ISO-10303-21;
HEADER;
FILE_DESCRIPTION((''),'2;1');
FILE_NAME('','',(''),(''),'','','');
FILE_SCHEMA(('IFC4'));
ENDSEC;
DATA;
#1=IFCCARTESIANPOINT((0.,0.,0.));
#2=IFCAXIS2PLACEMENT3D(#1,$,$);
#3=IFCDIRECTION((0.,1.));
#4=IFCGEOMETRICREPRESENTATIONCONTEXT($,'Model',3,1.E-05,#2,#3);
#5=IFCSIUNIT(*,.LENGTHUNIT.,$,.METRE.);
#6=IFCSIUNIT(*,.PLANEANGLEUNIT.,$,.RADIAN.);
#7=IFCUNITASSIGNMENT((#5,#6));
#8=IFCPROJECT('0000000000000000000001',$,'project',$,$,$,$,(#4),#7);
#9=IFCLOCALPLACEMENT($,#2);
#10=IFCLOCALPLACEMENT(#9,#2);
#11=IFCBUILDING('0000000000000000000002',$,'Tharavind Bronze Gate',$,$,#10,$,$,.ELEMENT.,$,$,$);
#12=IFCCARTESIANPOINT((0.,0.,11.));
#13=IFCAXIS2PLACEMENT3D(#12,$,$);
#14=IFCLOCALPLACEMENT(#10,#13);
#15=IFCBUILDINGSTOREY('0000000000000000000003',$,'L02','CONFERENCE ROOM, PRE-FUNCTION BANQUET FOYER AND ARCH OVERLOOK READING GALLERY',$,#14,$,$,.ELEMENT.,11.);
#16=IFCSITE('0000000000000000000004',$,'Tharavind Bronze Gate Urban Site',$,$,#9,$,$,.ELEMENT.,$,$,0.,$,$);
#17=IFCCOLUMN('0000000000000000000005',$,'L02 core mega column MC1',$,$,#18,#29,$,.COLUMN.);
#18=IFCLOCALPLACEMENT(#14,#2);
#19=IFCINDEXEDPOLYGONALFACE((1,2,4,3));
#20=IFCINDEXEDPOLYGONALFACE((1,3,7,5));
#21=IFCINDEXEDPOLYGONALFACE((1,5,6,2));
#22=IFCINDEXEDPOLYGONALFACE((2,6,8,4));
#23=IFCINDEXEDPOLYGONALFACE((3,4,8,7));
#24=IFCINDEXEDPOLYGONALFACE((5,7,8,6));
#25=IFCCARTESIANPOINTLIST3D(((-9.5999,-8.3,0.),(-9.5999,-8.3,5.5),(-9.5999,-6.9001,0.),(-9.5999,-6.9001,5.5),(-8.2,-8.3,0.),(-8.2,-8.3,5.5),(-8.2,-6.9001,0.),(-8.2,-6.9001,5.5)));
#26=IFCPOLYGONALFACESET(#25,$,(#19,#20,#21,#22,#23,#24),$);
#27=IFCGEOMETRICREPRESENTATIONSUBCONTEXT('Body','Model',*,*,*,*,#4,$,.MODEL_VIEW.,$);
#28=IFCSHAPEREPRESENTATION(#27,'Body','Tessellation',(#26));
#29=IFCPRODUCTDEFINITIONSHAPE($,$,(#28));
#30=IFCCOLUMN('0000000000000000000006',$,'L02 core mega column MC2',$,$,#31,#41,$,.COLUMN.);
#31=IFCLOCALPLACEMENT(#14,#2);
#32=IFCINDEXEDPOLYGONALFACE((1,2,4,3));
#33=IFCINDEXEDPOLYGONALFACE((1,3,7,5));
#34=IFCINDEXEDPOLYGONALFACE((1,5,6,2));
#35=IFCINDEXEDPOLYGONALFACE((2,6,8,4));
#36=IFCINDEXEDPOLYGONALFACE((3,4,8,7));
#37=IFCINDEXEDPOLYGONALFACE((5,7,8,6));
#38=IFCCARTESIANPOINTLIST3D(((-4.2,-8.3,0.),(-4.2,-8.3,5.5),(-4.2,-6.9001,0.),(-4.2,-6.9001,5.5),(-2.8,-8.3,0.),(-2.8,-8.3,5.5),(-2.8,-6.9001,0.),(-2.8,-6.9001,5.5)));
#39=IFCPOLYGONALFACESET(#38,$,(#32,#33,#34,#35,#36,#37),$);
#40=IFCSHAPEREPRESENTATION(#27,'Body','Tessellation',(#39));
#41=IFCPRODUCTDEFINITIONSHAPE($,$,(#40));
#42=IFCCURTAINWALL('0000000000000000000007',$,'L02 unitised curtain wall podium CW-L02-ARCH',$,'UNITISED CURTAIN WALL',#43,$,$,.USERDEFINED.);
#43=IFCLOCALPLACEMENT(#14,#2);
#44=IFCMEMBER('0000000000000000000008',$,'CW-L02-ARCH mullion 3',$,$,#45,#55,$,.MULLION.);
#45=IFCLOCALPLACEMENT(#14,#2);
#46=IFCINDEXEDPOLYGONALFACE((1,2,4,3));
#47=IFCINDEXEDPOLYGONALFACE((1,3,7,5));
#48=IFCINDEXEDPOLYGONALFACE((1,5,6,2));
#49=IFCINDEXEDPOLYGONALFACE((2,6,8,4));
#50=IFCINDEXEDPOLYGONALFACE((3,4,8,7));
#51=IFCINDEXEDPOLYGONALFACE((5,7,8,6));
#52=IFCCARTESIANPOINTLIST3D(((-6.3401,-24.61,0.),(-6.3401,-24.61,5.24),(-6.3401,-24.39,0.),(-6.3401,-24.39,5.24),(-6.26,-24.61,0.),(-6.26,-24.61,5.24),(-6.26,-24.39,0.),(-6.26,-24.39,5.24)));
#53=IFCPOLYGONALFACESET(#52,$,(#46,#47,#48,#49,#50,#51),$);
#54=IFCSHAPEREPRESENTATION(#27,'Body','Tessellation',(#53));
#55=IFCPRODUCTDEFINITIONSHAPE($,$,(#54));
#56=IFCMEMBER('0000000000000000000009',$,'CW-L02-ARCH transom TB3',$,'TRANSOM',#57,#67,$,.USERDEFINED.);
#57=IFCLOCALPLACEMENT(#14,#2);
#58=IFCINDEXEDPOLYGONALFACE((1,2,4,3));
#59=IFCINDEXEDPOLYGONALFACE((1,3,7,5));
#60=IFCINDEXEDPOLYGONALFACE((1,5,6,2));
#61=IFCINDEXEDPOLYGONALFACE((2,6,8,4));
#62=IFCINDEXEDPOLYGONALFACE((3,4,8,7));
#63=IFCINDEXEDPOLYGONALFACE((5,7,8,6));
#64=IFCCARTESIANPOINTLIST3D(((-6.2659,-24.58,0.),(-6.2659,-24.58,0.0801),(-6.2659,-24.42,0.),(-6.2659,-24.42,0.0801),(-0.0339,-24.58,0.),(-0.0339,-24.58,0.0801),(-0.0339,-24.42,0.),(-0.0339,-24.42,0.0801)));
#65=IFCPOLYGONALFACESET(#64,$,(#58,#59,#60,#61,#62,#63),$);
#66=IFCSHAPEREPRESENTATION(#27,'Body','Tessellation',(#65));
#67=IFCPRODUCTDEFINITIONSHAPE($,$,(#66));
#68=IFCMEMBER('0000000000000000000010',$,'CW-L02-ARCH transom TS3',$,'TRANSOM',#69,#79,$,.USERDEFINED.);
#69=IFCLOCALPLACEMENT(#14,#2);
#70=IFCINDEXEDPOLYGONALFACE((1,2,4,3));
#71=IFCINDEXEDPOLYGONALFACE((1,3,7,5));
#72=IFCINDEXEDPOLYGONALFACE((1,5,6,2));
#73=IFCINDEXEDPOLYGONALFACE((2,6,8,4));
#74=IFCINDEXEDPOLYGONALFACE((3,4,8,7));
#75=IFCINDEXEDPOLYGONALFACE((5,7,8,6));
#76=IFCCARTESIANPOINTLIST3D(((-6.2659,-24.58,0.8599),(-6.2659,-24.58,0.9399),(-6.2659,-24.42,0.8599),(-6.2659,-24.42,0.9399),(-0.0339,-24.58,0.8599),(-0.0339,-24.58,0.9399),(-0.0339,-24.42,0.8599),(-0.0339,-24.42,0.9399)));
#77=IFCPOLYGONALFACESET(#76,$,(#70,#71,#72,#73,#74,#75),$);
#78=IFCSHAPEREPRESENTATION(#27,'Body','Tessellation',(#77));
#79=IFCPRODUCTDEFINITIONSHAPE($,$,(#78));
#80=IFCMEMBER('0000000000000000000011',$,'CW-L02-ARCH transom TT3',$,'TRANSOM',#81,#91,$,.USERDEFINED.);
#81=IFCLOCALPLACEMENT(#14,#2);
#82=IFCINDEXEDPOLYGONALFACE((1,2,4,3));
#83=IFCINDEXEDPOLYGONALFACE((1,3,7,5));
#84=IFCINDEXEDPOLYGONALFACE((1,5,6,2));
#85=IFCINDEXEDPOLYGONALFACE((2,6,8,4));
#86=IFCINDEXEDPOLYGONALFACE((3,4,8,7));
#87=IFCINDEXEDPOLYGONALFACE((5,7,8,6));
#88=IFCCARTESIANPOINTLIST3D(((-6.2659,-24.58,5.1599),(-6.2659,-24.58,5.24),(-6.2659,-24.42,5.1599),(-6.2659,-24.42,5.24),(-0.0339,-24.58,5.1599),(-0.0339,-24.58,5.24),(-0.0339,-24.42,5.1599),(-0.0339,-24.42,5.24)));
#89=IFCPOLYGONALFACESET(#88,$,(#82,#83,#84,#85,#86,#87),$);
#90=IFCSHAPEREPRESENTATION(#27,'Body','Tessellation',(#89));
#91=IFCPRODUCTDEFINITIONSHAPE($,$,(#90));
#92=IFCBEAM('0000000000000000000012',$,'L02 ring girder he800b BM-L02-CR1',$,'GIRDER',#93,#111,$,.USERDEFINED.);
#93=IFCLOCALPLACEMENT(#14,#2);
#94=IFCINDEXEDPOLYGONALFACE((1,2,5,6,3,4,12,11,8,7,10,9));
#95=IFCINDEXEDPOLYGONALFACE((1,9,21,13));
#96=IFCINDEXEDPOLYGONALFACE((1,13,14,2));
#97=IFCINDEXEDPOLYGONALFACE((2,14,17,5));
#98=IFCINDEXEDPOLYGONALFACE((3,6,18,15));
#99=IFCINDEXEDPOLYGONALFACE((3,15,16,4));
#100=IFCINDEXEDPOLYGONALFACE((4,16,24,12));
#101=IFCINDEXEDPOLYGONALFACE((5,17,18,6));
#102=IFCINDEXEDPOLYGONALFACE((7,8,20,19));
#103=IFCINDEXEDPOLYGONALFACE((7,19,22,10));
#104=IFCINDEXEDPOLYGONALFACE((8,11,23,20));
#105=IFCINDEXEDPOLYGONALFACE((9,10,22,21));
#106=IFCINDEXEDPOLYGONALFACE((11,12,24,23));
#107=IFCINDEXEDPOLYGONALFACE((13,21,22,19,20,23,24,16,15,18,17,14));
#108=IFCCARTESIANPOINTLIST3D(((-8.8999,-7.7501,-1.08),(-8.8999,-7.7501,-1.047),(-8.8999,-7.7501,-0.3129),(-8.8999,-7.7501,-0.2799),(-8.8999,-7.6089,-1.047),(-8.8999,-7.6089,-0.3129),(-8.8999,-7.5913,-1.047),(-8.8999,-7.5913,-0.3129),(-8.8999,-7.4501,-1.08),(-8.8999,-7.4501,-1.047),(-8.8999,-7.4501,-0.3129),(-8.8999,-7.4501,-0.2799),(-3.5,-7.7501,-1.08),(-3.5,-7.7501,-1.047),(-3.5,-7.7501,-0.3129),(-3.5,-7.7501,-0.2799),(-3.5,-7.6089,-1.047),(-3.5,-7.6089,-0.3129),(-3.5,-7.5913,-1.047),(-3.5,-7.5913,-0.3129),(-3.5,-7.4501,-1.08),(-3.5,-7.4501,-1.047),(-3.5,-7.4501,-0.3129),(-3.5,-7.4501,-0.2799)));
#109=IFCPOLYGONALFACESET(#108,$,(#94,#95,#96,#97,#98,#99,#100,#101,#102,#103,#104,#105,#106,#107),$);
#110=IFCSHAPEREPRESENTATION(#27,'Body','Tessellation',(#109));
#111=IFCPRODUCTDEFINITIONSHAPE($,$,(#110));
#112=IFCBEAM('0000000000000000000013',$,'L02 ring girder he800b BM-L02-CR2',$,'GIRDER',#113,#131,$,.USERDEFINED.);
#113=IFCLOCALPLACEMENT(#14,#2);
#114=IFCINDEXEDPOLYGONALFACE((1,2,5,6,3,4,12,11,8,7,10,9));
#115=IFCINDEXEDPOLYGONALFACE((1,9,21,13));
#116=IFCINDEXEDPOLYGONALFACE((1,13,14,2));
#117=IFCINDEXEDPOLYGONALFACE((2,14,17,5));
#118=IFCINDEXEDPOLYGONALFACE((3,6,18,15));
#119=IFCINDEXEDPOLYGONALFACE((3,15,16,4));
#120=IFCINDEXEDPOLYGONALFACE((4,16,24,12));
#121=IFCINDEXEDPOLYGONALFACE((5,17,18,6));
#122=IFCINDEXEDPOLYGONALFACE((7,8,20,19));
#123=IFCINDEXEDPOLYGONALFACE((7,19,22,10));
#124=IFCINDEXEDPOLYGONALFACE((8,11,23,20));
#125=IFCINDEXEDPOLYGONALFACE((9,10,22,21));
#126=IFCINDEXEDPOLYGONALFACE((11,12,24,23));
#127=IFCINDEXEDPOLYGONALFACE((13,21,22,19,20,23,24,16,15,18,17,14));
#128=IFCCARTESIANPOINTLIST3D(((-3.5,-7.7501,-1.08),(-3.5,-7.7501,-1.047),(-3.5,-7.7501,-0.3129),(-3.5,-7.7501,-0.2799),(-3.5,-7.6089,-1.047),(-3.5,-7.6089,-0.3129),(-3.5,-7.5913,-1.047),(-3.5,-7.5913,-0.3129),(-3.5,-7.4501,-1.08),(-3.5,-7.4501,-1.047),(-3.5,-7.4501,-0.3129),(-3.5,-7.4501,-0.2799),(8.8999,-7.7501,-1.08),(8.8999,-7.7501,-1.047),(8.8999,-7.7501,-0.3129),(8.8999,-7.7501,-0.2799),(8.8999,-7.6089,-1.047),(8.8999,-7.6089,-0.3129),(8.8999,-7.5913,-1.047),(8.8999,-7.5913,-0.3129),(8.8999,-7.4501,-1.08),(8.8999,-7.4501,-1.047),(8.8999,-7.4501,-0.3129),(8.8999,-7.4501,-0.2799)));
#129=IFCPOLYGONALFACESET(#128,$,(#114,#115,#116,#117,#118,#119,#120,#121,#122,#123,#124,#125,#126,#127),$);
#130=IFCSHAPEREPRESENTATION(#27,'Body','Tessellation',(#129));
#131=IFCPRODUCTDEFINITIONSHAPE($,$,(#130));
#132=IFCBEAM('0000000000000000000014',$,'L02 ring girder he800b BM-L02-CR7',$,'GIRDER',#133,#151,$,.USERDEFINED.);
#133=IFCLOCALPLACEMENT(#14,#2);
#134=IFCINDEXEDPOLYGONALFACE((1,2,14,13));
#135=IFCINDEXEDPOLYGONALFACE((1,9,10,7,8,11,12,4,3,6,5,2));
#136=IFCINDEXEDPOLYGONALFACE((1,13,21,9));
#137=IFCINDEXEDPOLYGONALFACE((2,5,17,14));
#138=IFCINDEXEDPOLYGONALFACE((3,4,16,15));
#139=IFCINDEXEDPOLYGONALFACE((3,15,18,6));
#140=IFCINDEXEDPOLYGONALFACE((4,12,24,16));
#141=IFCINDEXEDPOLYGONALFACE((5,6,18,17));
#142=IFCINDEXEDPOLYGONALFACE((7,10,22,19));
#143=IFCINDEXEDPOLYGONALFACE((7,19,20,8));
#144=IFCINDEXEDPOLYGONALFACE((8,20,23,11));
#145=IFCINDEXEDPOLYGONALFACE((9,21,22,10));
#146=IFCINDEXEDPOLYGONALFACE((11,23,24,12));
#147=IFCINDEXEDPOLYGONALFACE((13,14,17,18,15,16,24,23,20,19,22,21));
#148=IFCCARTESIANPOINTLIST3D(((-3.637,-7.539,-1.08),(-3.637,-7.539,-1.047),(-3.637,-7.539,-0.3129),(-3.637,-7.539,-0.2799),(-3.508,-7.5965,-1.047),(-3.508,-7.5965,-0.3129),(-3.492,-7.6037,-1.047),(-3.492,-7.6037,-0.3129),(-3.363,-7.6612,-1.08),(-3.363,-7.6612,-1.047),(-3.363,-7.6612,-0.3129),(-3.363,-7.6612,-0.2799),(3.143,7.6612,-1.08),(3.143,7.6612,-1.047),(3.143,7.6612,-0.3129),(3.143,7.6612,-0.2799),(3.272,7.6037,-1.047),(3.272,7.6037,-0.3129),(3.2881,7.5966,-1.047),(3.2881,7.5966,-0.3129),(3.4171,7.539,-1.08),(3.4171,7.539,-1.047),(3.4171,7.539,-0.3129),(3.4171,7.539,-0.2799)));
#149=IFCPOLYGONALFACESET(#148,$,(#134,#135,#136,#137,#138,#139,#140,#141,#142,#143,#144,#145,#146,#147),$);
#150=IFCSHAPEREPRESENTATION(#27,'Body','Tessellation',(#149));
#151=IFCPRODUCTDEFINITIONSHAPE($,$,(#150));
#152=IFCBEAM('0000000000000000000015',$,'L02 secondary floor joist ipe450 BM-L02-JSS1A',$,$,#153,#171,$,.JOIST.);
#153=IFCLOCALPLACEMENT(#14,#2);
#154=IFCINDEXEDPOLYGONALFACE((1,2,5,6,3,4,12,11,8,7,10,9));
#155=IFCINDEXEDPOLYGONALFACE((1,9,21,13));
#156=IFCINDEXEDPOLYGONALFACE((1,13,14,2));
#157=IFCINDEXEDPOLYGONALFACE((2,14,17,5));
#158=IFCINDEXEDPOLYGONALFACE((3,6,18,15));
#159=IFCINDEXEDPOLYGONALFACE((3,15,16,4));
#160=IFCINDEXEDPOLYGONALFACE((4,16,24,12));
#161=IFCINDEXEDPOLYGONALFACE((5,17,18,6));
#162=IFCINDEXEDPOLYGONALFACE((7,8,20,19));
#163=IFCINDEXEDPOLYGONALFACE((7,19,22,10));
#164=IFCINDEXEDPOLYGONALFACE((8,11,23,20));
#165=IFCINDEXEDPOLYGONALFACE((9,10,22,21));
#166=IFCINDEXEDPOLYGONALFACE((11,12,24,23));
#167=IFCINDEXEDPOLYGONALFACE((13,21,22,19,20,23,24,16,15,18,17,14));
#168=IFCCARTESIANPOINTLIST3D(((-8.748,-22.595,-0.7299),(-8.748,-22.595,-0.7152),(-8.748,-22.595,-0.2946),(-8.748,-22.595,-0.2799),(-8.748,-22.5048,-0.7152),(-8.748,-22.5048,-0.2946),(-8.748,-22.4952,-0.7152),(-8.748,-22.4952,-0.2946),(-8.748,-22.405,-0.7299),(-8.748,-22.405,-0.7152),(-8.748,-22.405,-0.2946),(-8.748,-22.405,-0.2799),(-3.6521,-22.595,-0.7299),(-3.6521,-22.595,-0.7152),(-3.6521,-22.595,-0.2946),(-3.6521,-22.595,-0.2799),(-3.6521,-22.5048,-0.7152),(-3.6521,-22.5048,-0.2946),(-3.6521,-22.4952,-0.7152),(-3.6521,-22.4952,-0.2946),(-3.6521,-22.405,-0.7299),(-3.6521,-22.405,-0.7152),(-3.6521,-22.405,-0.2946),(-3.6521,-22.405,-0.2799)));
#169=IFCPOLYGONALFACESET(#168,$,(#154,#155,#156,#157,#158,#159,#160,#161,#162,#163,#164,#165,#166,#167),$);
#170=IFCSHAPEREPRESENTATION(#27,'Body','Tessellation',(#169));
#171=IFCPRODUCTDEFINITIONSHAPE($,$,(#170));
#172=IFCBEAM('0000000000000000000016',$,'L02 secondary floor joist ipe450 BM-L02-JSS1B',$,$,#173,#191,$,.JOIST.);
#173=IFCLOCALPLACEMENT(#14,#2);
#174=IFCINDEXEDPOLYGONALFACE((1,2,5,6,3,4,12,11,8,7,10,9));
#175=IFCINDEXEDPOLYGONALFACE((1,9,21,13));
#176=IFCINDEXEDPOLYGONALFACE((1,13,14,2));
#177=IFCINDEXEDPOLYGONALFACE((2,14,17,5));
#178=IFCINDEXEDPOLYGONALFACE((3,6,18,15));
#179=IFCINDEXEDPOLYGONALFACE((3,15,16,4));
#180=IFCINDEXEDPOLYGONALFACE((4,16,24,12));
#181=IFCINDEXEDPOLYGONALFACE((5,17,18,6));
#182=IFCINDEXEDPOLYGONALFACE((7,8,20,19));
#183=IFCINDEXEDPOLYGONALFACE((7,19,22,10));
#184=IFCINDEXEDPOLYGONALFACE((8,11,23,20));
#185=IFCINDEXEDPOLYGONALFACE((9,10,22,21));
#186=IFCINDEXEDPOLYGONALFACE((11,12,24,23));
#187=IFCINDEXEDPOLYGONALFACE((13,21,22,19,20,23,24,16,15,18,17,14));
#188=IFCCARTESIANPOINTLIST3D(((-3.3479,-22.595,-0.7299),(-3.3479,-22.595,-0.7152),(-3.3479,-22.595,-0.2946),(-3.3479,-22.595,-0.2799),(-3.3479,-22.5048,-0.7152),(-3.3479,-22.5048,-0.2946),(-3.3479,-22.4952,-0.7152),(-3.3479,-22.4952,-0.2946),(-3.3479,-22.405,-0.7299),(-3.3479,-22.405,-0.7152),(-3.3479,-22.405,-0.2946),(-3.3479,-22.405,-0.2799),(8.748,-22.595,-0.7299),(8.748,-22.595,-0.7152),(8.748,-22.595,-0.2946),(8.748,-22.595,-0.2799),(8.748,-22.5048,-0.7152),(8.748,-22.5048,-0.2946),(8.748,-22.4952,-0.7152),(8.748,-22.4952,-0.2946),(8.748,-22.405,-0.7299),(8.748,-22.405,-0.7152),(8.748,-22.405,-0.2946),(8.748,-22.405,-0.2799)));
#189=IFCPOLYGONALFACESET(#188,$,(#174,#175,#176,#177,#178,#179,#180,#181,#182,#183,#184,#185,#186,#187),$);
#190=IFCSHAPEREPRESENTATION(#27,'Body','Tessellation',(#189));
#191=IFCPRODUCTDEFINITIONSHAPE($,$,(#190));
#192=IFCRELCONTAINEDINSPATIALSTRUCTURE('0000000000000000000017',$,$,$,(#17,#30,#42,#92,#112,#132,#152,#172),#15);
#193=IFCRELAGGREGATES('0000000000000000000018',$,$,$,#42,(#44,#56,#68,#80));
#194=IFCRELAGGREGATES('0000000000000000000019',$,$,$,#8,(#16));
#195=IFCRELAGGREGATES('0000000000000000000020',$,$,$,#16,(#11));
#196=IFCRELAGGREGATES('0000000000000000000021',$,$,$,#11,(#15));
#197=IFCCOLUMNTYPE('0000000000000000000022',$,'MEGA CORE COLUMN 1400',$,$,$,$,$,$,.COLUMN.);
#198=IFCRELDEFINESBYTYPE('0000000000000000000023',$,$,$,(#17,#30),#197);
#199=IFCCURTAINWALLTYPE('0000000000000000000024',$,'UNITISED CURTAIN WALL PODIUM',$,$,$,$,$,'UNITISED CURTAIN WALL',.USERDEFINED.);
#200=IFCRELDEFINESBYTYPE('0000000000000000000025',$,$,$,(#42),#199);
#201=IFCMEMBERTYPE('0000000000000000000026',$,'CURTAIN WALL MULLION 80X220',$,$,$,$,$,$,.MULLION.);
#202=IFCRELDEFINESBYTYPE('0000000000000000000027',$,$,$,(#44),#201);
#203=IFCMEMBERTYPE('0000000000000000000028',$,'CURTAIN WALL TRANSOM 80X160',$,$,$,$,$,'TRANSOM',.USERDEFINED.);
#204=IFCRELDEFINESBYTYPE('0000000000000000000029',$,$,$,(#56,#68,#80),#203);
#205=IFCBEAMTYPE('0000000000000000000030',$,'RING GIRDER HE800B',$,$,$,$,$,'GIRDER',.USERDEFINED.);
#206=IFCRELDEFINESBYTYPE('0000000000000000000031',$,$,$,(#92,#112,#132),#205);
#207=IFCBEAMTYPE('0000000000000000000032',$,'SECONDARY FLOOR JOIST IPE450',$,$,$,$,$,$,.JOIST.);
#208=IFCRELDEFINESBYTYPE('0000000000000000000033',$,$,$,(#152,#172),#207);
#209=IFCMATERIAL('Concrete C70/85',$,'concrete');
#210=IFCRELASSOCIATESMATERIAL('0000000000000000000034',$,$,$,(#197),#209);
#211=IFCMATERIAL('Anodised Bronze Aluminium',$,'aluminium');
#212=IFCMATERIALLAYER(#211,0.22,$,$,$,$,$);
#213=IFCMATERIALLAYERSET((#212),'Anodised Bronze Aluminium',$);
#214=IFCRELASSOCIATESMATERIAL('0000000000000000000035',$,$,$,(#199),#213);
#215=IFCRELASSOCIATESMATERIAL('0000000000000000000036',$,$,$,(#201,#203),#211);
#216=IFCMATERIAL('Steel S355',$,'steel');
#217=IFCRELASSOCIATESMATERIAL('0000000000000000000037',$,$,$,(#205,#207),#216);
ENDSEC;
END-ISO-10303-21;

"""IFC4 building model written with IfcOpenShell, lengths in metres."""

from ifc_helpers import new_model, si_unit, direction, frame, origin, origin_2d, place, context, subcontext, project, spatial, rectangle, i_section, extrude, material, layer, layer_set, material_profile, profile_set, type_object, element, aggregate, save


model = new_model("IFC4")

# Units and contexts
model_context = context("Model", 3, precision=1e-05, world=origin(), true_north=direction((0.0, 1.0)))
body_context = subcontext(model_context, "Body", "Model", "MODEL_VIEW")
ifc_project = project(units=[si_unit("LENGTHUNIT", "METRE"), si_unit("PLANEANGLEUNIT", "RADIAN")], contexts=[model_context])

# Site, building, storey
site_placement = place(None, origin())
site = spatial("IfcSite", under=ifc_project, at=site_placement, Name="Tharavind Bronze Gate Urban Site", CompositionType="ELEMENT", RefElevation=0.0)
building_placement = place(site_placement, origin())
building = spatial("IfcBuilding", under=site, at=building_placement, Name="Tharavind Bronze Gate", CompositionType="ELEMENT")
storey_placement = place(building_placement, frame((0.0, 0.0, 11.0)))
storey = spatial("IfcBuildingStorey", under=building, at=storey_placement, Name="L02", Description="CONFERENCE ROOM, PRE-FUNCTION BANQUET FOYER AND ARCH OVERLOOK READING GALLERY", CompositionType="ELEMENT", Elevation=11.0)

# Columns
ifc_material_1 = material(Name="Concrete C70/85", Category="concrete")
ifc_material_profile_1 = material_profile(ifc_material_1, rectangle(XDim=1.3999, YDim=1.3999, at=origin_2d()), Name="RCCOL1400")
ifc_profile_set_1 = profile_set([ifc_material_profile_1], Name="Concrete C70/85")
column_type = type_object("IfcColumnType", Name="MEGA CORE COLUMN 1400", PredefinedType="COLUMN", material=ifc_profile_set_1)
for number, where, z_axis, x_axis, name in (
    (1, (-8.8999, -7.6001, 0.0), (0.0, 0.0, 1.0), (1.0, 0.0, 0.0), "L02 core mega column MC1"),
    (2, (-3.5, -7.6001, 0.0), (0.0, 0.0, 1.0), (1.0, 0.0, 0.0), "L02 core mega column MC2"),
):
    element("IfcColumn", number, at=place(storey_placement, frame(where, z_axis=z_axis, x_axis=x_axis)), inside=storey, type_object=column_type, Name=name, PredefinedType="COLUMN", context=body_context, shape_type="SweptSolid", body=[
        extrude(rectangle(XDim=1.3999, YDim=1.3999, at=origin_2d()), origin(), (0.0, 0.0, 1.0), 5.5),
    ])

# Curtain wall, members
ifc_material_2 = material(Name="Anodised Bronze Aluminium", Category="aluminium")
ifc_layer_1 = layer(ifc_material_2, 0.22)
ifc_layer_set_1 = layer_set([ifc_layer_1], Name="Anodised Bronze Aluminium")
curtain_wall_type = type_object("IfcCurtainWallType", Name="UNITISED CURTAIN WALL PODIUM", ElementType="UNITISED CURTAIN WALL", PredefinedType="USERDEFINED", material=ifc_layer_set_1)
curtain_wall_placement = place(storey_placement, origin())
curtain_wall = element("IfcCurtainWall", 3, at=curtain_wall_placement, inside=storey, type_object=curtain_wall_type, Name="L02 unitised curtain wall podium CW-L02-ARCH", ObjectType="UNITISED CURTAIN WALL", PredefinedType="USERDEFINED")
member_type_1 = type_object("IfcMemberType", Name="CURTAIN WALL MULLION 80X220", PredefinedType="MULLION", material=ifc_material_2)
member_1_placement = place(storey_placement, frame((-6.3, -24.5, 0.0), z_axis=(0.0, 0.0, 1.0), x_axis=(1.0, 0.0, 0.0)))
member_1 = element("IfcMember", 4, at=member_1_placement, type_object=member_type_1, Name="CW-L02-ARCH mullion 3", PredefinedType="MULLION", context=body_context, shape_type="SweptSolid", body=[
    extrude(rectangle(XDim=0.0801, YDim=0.22, at=origin_2d()), origin(), (0.0, 0.0, 1.0), 5.24),
])
member_type_2 = type_object("IfcMemberType", Name="CURTAIN WALL TRANSOM 80X160", ElementType="TRANSOM", PredefinedType="USERDEFINED", material=ifc_material_2)
member_2_placement = place(storey_placement, frame((-3.1499, -24.5, 0.0), z_axis=(0.0, 0.0, 1.0), x_axis=(1.0, 0.0, 0.0)))
member_2 = element("IfcMember", 5, at=member_2_placement, type_object=member_type_2, Name="CW-L02-ARCH transom TB3", ObjectType="TRANSOM", PredefinedType="USERDEFINED", context=body_context, shape_type="SweptSolid", body=[
    extrude(rectangle(XDim=6.2319, YDim=0.1599, at=origin_2d()), origin(), (0.0, 0.0, 1.0), 0.0801),
])
member_3_placement = place(storey_placement, frame((-3.1499, -24.5, 0.8599), z_axis=(0.0, 0.0, 1.0), x_axis=(1.0, 0.0, 0.0)))
member_3 = element("IfcMember", 6, at=member_3_placement, type_object=member_type_2, Name="CW-L02-ARCH transom TS3", ObjectType="TRANSOM", PredefinedType="USERDEFINED", context=body_context, shape_type="SweptSolid", body=[
    extrude(rectangle(XDim=6.2319, YDim=0.1599, at=origin_2d()), origin(), (0.0, 0.0, 1.0), 0.0801),
])
member_4_placement = place(storey_placement, frame((-3.1499, -24.5, 5.1599), z_axis=(0.0, 0.0, 1.0), x_axis=(1.0, 0.0, 0.0)))
member_4 = element("IfcMember", 7, at=member_4_placement, type_object=member_type_2, Name="CW-L02-ARCH transom TT3", ObjectType="TRANSOM", PredefinedType="USERDEFINED", context=body_context, shape_type="SweptSolid", body=[
    extrude(rectangle(XDim=6.2319, YDim=0.1599, at=origin_2d()), origin(), (0.0, 0.0, 1.0), 0.0801),
])

# Beams
ifc_material_3 = material(Name="Steel S355", Category="steel")
ifc_material_profile_2 = material_profile(ifc_material_3, i_section(OverallWidth=0.3, OverallDepth=0.8, WebThickness=0.0176, FlangeThickness=0.033, at=origin_2d()), Name="HE800B")
ifc_profile_set_2 = profile_set([ifc_material_profile_2], Name="Steel S355")
beam_type_1 = type_object("IfcBeamType", Name="RING GIRDER HE800B", ElementType="GIRDER", PredefinedType="USERDEFINED", material=ifc_profile_set_2)
beam_1_placement = place(storey_placement, frame((-8.8999, -7.6001, -0.6799), z_axis=(1.0, 0.0, 0.0), x_axis=(0.0, 1.0, 0.0)))
element("IfcBeam", 8, at=beam_1_placement, inside=storey, type_object=beam_type_1, Name="L02 ring girder he800b BM-L02-CR1", ObjectType="GIRDER", PredefinedType="USERDEFINED", context=body_context, shape_type="SweptSolid", body=[
    extrude(i_section(OverallWidth=0.3, OverallDepth=0.8, WebThickness=0.0176, FlangeThickness=0.033, at=origin_2d()), origin(), (0.0, 0.0, 1.0), 5.3999),
])
beam_2_placement = place(storey_placement, frame((-3.5, -7.6001, -0.6799), z_axis=(1.0, 0.0, 0.0), x_axis=(0.0, 1.0, 0.0)))
element("IfcBeam", 9, at=beam_2_placement, inside=storey, type_object=beam_type_1, Name="L02 ring girder he800b BM-L02-CR2", ObjectType="GIRDER", PredefinedType="USERDEFINED", context=body_context, shape_type="SweptSolid", body=[
    extrude(i_section(OverallWidth=0.3, OverallDepth=0.8, WebThickness=0.0176, FlangeThickness=0.033, at=origin_2d()), origin(), (0.0, 0.0, 1.0), 12.3999),
])
beam_3_placement = place(storey_placement, frame((-3.5, -7.6001, -0.6799), z_axis=(0.407362, 0.913267, 0.0), x_axis=(-0.913267, 0.407362, 0.0)))
element("IfcBeam", 10, at=beam_3_placement, inside=storey, type_object=beam_type_1, Name="L02 ring girder he800b BM-L02-CR7", ObjectType="GIRDER", PredefinedType="USERDEFINED", context=body_context, shape_type="SweptSolid", body=[
    extrude(i_section(OverallWidth=0.3, OverallDepth=0.8, WebThickness=0.0176, FlangeThickness=0.033, at=origin_2d()), origin(), (0.0, 0.0, 1.0), 16.6438),
])
ifc_material_profile_3 = material_profile(ifc_material_3, i_section(OverallWidth=0.1899, OverallDepth=0.45, WebThickness=0.0095, FlangeThickness=0.0146, at=origin_2d()), Name="IPE450")
ifc_profile_set_3 = profile_set([ifc_material_profile_3], Name="Steel S355")
beam_type_2 = type_object("IfcBeamType", Name="SECONDARY FLOOR JOIST IPE450", PredefinedType="JOIST", material=ifc_profile_set_3)
beam_4_placement = place(storey_placement, frame((-8.748, -22.5, -0.5049), z_axis=(1.0, 0.0, 0.0), x_axis=(0.0, 1.0, 0.0)))
element("IfcBeam", 11, at=beam_4_placement, inside=storey, type_object=beam_type_2, Name="L02 secondary floor joist ipe450 BM-L02-JSS1A", PredefinedType="JOIST", context=body_context, shape_type="SweptSolid", body=[
    extrude(i_section(OverallWidth=0.1899, OverallDepth=0.45, WebThickness=0.0095, FlangeThickness=0.0146, at=origin_2d()), origin(), (0.0, 0.0, 1.0), 5.0959),
])
beam_5_placement = place(storey_placement, frame((-3.3479, -22.5, -0.5049), z_axis=(1.0, 0.0, 0.0), x_axis=(0.0, 1.0, 0.0)))
element("IfcBeam", 12, at=beam_5_placement, inside=storey, type_object=beam_type_2, Name="L02 secondary floor joist ipe450 BM-L02-JSS1B", PredefinedType="JOIST", context=body_context, shape_type="SweptSolid", body=[
    extrude(i_section(OverallWidth=0.1899, OverallDepth=0.45, WebThickness=0.0095, FlangeThickness=0.0146, at=origin_2d()), origin(), (0.0, 0.0, 1.0), 12.0959),
])

aggregate(curtain_wall, [member_1, member_2, member_3, member_4])

save(model, "model.ifc")
